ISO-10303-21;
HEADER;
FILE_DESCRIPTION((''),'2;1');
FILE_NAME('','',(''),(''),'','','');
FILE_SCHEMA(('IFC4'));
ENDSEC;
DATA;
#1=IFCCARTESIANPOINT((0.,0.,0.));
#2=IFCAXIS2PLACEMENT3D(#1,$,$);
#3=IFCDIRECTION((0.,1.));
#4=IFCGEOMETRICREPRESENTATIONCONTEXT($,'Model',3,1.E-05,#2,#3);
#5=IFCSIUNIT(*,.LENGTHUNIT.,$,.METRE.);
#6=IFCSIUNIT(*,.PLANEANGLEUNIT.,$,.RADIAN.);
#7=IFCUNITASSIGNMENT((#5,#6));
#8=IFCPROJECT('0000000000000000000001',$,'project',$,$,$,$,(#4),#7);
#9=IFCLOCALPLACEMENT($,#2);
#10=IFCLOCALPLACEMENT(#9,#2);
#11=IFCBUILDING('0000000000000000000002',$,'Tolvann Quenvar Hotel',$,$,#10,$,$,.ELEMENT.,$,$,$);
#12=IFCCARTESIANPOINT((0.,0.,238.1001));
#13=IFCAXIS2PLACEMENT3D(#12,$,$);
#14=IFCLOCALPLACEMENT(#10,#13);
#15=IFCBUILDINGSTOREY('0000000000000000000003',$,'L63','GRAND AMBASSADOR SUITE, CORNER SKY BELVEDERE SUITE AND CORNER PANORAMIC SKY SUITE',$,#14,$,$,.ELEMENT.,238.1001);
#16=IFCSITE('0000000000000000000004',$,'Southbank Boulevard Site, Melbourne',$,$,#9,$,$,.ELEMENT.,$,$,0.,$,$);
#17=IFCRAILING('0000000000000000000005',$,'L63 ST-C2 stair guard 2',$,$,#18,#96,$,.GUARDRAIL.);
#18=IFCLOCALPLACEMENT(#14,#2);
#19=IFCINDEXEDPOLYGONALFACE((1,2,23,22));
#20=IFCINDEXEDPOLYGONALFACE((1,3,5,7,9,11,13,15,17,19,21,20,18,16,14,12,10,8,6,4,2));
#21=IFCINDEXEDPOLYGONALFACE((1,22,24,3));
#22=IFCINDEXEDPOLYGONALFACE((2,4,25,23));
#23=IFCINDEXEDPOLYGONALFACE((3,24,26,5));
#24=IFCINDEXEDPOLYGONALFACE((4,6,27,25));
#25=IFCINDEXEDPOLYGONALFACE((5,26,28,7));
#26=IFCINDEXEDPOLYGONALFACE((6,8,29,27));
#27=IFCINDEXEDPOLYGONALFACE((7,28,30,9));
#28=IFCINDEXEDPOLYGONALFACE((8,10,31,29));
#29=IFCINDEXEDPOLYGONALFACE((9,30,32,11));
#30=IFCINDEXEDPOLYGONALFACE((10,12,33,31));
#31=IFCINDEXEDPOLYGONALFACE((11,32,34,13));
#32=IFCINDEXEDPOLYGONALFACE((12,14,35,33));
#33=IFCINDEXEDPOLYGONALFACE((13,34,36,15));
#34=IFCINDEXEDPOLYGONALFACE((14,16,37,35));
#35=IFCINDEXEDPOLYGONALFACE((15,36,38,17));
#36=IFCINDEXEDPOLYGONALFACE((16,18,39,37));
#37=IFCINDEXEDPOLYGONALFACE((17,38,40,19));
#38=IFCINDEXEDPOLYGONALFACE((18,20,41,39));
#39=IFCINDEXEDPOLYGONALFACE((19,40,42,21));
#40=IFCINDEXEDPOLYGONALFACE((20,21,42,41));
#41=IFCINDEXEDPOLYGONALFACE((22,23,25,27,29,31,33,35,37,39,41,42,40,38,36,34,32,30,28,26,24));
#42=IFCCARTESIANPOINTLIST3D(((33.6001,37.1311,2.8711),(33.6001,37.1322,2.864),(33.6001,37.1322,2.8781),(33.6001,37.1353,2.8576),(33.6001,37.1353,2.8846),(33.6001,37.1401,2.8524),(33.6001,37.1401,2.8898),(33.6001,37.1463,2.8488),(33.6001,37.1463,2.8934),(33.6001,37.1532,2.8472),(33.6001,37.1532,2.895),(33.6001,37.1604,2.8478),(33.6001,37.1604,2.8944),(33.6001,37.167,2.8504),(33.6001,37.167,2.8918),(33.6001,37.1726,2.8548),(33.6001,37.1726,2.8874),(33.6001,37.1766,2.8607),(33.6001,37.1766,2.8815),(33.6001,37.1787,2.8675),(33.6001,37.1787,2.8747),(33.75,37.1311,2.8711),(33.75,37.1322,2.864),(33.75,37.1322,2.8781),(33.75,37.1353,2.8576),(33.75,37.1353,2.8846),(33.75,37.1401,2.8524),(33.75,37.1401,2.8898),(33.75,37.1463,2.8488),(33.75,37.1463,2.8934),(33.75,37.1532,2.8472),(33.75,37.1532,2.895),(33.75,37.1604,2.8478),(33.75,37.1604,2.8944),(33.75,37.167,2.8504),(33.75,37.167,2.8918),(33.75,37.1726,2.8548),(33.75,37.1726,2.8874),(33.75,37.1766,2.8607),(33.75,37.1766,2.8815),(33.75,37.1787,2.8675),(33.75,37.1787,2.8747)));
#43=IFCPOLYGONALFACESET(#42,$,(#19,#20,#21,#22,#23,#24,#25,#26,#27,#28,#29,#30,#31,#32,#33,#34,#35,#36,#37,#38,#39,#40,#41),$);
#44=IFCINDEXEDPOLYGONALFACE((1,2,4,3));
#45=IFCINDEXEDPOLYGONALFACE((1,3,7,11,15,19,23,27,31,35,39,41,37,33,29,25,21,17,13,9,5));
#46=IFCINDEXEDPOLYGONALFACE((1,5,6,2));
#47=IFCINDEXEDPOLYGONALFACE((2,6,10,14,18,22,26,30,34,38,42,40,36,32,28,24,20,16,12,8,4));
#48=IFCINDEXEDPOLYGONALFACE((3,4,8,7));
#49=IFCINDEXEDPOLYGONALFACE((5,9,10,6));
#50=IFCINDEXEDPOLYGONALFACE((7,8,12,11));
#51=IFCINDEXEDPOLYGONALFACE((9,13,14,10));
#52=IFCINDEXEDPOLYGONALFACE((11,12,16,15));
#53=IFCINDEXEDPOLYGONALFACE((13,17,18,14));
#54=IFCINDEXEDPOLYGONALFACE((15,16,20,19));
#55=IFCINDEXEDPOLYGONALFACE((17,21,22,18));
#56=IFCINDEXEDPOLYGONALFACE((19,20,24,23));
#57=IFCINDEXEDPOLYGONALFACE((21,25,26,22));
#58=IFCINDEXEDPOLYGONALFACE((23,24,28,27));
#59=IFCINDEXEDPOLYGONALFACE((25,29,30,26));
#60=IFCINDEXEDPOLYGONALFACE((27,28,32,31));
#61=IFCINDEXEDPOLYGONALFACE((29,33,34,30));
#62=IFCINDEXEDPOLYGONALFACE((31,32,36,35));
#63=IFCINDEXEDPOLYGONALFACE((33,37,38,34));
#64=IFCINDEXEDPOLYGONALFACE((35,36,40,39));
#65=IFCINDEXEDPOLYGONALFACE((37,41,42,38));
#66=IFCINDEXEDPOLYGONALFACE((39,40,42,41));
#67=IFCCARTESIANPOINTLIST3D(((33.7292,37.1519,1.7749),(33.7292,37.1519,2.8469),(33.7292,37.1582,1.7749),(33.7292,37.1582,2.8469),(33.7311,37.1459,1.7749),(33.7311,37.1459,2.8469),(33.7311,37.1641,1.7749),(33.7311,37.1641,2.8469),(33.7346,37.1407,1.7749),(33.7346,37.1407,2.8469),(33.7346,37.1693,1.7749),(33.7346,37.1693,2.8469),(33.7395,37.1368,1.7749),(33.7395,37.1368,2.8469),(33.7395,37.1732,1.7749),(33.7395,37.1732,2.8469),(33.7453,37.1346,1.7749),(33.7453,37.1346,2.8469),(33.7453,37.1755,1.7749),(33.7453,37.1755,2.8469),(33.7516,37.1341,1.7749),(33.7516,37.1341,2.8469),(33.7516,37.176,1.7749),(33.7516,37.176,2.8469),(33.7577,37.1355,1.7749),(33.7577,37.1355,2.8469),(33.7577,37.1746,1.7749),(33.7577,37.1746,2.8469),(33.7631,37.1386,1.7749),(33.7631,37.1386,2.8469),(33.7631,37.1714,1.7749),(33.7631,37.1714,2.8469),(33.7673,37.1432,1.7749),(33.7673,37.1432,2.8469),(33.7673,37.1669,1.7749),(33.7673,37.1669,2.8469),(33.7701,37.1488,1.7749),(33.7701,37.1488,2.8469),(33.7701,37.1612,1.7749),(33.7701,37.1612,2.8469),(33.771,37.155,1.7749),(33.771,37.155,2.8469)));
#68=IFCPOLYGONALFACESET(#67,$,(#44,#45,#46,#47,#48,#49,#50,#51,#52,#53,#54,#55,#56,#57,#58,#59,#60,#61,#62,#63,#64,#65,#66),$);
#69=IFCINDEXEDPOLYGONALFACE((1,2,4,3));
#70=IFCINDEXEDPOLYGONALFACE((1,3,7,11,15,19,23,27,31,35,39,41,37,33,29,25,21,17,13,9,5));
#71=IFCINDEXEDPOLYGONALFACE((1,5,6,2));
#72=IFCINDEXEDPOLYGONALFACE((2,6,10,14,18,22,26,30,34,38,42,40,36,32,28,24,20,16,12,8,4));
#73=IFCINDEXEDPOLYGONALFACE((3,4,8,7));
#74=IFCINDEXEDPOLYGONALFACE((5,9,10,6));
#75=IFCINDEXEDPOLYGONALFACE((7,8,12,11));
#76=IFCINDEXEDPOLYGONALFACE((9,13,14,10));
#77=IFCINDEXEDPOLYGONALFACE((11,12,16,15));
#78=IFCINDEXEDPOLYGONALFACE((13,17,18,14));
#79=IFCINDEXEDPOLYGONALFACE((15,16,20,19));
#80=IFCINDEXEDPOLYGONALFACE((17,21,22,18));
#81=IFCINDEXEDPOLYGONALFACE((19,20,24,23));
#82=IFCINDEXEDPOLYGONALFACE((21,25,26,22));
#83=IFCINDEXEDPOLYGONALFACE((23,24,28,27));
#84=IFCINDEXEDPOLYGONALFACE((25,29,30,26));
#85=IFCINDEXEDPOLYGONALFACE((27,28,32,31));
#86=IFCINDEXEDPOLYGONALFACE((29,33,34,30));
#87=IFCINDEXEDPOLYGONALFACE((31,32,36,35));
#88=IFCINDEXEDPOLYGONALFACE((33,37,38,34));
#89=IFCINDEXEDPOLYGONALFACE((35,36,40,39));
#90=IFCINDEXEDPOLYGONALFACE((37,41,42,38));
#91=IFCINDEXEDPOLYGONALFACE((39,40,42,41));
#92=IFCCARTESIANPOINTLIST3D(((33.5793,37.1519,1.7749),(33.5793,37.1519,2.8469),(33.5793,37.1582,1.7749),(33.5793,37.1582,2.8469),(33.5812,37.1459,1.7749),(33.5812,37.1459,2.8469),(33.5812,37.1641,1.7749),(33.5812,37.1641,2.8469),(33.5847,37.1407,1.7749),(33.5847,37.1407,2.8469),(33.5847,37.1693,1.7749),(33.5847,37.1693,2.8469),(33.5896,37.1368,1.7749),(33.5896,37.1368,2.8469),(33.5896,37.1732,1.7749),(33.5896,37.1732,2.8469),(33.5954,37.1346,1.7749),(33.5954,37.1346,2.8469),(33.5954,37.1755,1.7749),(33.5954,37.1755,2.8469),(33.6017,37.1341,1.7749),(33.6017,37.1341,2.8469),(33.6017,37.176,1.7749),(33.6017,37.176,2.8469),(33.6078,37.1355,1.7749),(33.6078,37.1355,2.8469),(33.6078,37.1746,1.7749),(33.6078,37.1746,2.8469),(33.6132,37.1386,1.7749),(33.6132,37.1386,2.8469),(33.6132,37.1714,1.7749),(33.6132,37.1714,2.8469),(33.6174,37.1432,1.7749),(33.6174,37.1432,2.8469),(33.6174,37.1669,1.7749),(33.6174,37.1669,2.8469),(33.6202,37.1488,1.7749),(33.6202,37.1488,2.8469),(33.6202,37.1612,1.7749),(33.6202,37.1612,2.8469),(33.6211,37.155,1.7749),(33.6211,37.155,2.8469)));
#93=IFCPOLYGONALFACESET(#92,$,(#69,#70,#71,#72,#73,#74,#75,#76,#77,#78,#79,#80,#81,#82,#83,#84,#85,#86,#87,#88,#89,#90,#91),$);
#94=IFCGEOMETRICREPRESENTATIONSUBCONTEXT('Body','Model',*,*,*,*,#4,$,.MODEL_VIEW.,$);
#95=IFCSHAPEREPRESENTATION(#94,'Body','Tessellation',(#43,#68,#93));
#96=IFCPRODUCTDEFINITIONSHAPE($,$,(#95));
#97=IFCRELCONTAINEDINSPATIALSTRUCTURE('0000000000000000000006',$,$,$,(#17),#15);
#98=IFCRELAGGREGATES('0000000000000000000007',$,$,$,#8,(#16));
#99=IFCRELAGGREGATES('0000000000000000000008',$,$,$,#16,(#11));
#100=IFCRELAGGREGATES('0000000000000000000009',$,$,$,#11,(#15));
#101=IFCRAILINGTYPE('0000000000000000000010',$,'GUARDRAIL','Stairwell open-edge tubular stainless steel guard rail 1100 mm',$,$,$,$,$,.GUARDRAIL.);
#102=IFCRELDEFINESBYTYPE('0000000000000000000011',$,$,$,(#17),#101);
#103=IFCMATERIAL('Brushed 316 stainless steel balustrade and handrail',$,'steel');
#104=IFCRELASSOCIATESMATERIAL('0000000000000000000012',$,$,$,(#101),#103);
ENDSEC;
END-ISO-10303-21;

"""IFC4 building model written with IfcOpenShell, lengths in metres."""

from ifc_helpers import new_model, si_unit, direction, frame, origin, origin_2d, place, context, subcontext, project, spatial, circle, extrude, material, type_object, element, save


model = new_model("IFC4")

# Units and contexts
model_context = context("Model", 3, precision=1e-05, world=origin(), true_north=direction((0.0, 1.0)))
body_context = subcontext(model_context, "Body", "Model", "MODEL_VIEW")
ifc_project = project(units=[si_unit("LENGTHUNIT", "METRE"), si_unit("PLANEANGLEUNIT", "RADIAN")], contexts=[model_context])

# Site, building, storey
site_placement = place(None, origin())
site = spatial("IfcSite", under=ifc_project, at=site_placement, Name="Southbank Boulevard Site, Melbourne", CompositionType="ELEMENT", RefElevation=0.0)
building_placement = place(site_placement, origin())
building = spatial("IfcBuilding", under=site, at=building_placement, Name="Tolvann Quenvar Hotel", CompositionType="ELEMENT")
storey_placement = place(building_placement, frame((0.0, 0.0, 238.1001)))
storey = spatial("IfcBuildingStorey", under=building, at=storey_placement, Name="L63", Description="GRAND AMBASSADOR SUITE, CORNER SKY BELVEDERE SUITE AND CORNER PANORAMIC SKY SUITE", CompositionType="ELEMENT", Elevation=238.1001)

# Railing
ifc_material_1 = material(Name="Brushed 316 stainless steel balustrade and handrail", Category="steel")
railing_type_1 = type_object("IfcRailingType", Name="GUARDRAIL", Description="Stairwell open-edge tubular stainless steel guard rail 1100 mm", PredefinedType="GUARDRAIL", material=ifc_material_1)
railing_1_placement = place(storey_placement, frame((33.75, 37.155, 1.7749)))
element("IfcRailing", 1, at=railing_1_placement, inside=storey, type_object=railing_type_1, Name="L63 ST-C2 stair guard 2", PredefinedType="GUARDRAIL", context=body_context, shape_type="SweptSolid", body=[
    extrude(circle(Radius=0.0239, at=origin_2d()), frame((0.0, 0.0, 1.0962), z_axis=(-1.0, 0.0, 0.0), x_axis=(0.0, -1.0, 0.0)), (0.0, 0.0, 1.0), 0.1499),
    extrude(circle(Radius=0.021, at=origin_2d()), origin(), (0.0, 0.0, 1.0), 1.072),
    extrude(circle(Radius=0.021, at=origin_2d()), frame((-0.1499, 0.0, 0.0)), (0.0, 0.0, 1.0), 1.072),
])

save(model, "model.ifc")
